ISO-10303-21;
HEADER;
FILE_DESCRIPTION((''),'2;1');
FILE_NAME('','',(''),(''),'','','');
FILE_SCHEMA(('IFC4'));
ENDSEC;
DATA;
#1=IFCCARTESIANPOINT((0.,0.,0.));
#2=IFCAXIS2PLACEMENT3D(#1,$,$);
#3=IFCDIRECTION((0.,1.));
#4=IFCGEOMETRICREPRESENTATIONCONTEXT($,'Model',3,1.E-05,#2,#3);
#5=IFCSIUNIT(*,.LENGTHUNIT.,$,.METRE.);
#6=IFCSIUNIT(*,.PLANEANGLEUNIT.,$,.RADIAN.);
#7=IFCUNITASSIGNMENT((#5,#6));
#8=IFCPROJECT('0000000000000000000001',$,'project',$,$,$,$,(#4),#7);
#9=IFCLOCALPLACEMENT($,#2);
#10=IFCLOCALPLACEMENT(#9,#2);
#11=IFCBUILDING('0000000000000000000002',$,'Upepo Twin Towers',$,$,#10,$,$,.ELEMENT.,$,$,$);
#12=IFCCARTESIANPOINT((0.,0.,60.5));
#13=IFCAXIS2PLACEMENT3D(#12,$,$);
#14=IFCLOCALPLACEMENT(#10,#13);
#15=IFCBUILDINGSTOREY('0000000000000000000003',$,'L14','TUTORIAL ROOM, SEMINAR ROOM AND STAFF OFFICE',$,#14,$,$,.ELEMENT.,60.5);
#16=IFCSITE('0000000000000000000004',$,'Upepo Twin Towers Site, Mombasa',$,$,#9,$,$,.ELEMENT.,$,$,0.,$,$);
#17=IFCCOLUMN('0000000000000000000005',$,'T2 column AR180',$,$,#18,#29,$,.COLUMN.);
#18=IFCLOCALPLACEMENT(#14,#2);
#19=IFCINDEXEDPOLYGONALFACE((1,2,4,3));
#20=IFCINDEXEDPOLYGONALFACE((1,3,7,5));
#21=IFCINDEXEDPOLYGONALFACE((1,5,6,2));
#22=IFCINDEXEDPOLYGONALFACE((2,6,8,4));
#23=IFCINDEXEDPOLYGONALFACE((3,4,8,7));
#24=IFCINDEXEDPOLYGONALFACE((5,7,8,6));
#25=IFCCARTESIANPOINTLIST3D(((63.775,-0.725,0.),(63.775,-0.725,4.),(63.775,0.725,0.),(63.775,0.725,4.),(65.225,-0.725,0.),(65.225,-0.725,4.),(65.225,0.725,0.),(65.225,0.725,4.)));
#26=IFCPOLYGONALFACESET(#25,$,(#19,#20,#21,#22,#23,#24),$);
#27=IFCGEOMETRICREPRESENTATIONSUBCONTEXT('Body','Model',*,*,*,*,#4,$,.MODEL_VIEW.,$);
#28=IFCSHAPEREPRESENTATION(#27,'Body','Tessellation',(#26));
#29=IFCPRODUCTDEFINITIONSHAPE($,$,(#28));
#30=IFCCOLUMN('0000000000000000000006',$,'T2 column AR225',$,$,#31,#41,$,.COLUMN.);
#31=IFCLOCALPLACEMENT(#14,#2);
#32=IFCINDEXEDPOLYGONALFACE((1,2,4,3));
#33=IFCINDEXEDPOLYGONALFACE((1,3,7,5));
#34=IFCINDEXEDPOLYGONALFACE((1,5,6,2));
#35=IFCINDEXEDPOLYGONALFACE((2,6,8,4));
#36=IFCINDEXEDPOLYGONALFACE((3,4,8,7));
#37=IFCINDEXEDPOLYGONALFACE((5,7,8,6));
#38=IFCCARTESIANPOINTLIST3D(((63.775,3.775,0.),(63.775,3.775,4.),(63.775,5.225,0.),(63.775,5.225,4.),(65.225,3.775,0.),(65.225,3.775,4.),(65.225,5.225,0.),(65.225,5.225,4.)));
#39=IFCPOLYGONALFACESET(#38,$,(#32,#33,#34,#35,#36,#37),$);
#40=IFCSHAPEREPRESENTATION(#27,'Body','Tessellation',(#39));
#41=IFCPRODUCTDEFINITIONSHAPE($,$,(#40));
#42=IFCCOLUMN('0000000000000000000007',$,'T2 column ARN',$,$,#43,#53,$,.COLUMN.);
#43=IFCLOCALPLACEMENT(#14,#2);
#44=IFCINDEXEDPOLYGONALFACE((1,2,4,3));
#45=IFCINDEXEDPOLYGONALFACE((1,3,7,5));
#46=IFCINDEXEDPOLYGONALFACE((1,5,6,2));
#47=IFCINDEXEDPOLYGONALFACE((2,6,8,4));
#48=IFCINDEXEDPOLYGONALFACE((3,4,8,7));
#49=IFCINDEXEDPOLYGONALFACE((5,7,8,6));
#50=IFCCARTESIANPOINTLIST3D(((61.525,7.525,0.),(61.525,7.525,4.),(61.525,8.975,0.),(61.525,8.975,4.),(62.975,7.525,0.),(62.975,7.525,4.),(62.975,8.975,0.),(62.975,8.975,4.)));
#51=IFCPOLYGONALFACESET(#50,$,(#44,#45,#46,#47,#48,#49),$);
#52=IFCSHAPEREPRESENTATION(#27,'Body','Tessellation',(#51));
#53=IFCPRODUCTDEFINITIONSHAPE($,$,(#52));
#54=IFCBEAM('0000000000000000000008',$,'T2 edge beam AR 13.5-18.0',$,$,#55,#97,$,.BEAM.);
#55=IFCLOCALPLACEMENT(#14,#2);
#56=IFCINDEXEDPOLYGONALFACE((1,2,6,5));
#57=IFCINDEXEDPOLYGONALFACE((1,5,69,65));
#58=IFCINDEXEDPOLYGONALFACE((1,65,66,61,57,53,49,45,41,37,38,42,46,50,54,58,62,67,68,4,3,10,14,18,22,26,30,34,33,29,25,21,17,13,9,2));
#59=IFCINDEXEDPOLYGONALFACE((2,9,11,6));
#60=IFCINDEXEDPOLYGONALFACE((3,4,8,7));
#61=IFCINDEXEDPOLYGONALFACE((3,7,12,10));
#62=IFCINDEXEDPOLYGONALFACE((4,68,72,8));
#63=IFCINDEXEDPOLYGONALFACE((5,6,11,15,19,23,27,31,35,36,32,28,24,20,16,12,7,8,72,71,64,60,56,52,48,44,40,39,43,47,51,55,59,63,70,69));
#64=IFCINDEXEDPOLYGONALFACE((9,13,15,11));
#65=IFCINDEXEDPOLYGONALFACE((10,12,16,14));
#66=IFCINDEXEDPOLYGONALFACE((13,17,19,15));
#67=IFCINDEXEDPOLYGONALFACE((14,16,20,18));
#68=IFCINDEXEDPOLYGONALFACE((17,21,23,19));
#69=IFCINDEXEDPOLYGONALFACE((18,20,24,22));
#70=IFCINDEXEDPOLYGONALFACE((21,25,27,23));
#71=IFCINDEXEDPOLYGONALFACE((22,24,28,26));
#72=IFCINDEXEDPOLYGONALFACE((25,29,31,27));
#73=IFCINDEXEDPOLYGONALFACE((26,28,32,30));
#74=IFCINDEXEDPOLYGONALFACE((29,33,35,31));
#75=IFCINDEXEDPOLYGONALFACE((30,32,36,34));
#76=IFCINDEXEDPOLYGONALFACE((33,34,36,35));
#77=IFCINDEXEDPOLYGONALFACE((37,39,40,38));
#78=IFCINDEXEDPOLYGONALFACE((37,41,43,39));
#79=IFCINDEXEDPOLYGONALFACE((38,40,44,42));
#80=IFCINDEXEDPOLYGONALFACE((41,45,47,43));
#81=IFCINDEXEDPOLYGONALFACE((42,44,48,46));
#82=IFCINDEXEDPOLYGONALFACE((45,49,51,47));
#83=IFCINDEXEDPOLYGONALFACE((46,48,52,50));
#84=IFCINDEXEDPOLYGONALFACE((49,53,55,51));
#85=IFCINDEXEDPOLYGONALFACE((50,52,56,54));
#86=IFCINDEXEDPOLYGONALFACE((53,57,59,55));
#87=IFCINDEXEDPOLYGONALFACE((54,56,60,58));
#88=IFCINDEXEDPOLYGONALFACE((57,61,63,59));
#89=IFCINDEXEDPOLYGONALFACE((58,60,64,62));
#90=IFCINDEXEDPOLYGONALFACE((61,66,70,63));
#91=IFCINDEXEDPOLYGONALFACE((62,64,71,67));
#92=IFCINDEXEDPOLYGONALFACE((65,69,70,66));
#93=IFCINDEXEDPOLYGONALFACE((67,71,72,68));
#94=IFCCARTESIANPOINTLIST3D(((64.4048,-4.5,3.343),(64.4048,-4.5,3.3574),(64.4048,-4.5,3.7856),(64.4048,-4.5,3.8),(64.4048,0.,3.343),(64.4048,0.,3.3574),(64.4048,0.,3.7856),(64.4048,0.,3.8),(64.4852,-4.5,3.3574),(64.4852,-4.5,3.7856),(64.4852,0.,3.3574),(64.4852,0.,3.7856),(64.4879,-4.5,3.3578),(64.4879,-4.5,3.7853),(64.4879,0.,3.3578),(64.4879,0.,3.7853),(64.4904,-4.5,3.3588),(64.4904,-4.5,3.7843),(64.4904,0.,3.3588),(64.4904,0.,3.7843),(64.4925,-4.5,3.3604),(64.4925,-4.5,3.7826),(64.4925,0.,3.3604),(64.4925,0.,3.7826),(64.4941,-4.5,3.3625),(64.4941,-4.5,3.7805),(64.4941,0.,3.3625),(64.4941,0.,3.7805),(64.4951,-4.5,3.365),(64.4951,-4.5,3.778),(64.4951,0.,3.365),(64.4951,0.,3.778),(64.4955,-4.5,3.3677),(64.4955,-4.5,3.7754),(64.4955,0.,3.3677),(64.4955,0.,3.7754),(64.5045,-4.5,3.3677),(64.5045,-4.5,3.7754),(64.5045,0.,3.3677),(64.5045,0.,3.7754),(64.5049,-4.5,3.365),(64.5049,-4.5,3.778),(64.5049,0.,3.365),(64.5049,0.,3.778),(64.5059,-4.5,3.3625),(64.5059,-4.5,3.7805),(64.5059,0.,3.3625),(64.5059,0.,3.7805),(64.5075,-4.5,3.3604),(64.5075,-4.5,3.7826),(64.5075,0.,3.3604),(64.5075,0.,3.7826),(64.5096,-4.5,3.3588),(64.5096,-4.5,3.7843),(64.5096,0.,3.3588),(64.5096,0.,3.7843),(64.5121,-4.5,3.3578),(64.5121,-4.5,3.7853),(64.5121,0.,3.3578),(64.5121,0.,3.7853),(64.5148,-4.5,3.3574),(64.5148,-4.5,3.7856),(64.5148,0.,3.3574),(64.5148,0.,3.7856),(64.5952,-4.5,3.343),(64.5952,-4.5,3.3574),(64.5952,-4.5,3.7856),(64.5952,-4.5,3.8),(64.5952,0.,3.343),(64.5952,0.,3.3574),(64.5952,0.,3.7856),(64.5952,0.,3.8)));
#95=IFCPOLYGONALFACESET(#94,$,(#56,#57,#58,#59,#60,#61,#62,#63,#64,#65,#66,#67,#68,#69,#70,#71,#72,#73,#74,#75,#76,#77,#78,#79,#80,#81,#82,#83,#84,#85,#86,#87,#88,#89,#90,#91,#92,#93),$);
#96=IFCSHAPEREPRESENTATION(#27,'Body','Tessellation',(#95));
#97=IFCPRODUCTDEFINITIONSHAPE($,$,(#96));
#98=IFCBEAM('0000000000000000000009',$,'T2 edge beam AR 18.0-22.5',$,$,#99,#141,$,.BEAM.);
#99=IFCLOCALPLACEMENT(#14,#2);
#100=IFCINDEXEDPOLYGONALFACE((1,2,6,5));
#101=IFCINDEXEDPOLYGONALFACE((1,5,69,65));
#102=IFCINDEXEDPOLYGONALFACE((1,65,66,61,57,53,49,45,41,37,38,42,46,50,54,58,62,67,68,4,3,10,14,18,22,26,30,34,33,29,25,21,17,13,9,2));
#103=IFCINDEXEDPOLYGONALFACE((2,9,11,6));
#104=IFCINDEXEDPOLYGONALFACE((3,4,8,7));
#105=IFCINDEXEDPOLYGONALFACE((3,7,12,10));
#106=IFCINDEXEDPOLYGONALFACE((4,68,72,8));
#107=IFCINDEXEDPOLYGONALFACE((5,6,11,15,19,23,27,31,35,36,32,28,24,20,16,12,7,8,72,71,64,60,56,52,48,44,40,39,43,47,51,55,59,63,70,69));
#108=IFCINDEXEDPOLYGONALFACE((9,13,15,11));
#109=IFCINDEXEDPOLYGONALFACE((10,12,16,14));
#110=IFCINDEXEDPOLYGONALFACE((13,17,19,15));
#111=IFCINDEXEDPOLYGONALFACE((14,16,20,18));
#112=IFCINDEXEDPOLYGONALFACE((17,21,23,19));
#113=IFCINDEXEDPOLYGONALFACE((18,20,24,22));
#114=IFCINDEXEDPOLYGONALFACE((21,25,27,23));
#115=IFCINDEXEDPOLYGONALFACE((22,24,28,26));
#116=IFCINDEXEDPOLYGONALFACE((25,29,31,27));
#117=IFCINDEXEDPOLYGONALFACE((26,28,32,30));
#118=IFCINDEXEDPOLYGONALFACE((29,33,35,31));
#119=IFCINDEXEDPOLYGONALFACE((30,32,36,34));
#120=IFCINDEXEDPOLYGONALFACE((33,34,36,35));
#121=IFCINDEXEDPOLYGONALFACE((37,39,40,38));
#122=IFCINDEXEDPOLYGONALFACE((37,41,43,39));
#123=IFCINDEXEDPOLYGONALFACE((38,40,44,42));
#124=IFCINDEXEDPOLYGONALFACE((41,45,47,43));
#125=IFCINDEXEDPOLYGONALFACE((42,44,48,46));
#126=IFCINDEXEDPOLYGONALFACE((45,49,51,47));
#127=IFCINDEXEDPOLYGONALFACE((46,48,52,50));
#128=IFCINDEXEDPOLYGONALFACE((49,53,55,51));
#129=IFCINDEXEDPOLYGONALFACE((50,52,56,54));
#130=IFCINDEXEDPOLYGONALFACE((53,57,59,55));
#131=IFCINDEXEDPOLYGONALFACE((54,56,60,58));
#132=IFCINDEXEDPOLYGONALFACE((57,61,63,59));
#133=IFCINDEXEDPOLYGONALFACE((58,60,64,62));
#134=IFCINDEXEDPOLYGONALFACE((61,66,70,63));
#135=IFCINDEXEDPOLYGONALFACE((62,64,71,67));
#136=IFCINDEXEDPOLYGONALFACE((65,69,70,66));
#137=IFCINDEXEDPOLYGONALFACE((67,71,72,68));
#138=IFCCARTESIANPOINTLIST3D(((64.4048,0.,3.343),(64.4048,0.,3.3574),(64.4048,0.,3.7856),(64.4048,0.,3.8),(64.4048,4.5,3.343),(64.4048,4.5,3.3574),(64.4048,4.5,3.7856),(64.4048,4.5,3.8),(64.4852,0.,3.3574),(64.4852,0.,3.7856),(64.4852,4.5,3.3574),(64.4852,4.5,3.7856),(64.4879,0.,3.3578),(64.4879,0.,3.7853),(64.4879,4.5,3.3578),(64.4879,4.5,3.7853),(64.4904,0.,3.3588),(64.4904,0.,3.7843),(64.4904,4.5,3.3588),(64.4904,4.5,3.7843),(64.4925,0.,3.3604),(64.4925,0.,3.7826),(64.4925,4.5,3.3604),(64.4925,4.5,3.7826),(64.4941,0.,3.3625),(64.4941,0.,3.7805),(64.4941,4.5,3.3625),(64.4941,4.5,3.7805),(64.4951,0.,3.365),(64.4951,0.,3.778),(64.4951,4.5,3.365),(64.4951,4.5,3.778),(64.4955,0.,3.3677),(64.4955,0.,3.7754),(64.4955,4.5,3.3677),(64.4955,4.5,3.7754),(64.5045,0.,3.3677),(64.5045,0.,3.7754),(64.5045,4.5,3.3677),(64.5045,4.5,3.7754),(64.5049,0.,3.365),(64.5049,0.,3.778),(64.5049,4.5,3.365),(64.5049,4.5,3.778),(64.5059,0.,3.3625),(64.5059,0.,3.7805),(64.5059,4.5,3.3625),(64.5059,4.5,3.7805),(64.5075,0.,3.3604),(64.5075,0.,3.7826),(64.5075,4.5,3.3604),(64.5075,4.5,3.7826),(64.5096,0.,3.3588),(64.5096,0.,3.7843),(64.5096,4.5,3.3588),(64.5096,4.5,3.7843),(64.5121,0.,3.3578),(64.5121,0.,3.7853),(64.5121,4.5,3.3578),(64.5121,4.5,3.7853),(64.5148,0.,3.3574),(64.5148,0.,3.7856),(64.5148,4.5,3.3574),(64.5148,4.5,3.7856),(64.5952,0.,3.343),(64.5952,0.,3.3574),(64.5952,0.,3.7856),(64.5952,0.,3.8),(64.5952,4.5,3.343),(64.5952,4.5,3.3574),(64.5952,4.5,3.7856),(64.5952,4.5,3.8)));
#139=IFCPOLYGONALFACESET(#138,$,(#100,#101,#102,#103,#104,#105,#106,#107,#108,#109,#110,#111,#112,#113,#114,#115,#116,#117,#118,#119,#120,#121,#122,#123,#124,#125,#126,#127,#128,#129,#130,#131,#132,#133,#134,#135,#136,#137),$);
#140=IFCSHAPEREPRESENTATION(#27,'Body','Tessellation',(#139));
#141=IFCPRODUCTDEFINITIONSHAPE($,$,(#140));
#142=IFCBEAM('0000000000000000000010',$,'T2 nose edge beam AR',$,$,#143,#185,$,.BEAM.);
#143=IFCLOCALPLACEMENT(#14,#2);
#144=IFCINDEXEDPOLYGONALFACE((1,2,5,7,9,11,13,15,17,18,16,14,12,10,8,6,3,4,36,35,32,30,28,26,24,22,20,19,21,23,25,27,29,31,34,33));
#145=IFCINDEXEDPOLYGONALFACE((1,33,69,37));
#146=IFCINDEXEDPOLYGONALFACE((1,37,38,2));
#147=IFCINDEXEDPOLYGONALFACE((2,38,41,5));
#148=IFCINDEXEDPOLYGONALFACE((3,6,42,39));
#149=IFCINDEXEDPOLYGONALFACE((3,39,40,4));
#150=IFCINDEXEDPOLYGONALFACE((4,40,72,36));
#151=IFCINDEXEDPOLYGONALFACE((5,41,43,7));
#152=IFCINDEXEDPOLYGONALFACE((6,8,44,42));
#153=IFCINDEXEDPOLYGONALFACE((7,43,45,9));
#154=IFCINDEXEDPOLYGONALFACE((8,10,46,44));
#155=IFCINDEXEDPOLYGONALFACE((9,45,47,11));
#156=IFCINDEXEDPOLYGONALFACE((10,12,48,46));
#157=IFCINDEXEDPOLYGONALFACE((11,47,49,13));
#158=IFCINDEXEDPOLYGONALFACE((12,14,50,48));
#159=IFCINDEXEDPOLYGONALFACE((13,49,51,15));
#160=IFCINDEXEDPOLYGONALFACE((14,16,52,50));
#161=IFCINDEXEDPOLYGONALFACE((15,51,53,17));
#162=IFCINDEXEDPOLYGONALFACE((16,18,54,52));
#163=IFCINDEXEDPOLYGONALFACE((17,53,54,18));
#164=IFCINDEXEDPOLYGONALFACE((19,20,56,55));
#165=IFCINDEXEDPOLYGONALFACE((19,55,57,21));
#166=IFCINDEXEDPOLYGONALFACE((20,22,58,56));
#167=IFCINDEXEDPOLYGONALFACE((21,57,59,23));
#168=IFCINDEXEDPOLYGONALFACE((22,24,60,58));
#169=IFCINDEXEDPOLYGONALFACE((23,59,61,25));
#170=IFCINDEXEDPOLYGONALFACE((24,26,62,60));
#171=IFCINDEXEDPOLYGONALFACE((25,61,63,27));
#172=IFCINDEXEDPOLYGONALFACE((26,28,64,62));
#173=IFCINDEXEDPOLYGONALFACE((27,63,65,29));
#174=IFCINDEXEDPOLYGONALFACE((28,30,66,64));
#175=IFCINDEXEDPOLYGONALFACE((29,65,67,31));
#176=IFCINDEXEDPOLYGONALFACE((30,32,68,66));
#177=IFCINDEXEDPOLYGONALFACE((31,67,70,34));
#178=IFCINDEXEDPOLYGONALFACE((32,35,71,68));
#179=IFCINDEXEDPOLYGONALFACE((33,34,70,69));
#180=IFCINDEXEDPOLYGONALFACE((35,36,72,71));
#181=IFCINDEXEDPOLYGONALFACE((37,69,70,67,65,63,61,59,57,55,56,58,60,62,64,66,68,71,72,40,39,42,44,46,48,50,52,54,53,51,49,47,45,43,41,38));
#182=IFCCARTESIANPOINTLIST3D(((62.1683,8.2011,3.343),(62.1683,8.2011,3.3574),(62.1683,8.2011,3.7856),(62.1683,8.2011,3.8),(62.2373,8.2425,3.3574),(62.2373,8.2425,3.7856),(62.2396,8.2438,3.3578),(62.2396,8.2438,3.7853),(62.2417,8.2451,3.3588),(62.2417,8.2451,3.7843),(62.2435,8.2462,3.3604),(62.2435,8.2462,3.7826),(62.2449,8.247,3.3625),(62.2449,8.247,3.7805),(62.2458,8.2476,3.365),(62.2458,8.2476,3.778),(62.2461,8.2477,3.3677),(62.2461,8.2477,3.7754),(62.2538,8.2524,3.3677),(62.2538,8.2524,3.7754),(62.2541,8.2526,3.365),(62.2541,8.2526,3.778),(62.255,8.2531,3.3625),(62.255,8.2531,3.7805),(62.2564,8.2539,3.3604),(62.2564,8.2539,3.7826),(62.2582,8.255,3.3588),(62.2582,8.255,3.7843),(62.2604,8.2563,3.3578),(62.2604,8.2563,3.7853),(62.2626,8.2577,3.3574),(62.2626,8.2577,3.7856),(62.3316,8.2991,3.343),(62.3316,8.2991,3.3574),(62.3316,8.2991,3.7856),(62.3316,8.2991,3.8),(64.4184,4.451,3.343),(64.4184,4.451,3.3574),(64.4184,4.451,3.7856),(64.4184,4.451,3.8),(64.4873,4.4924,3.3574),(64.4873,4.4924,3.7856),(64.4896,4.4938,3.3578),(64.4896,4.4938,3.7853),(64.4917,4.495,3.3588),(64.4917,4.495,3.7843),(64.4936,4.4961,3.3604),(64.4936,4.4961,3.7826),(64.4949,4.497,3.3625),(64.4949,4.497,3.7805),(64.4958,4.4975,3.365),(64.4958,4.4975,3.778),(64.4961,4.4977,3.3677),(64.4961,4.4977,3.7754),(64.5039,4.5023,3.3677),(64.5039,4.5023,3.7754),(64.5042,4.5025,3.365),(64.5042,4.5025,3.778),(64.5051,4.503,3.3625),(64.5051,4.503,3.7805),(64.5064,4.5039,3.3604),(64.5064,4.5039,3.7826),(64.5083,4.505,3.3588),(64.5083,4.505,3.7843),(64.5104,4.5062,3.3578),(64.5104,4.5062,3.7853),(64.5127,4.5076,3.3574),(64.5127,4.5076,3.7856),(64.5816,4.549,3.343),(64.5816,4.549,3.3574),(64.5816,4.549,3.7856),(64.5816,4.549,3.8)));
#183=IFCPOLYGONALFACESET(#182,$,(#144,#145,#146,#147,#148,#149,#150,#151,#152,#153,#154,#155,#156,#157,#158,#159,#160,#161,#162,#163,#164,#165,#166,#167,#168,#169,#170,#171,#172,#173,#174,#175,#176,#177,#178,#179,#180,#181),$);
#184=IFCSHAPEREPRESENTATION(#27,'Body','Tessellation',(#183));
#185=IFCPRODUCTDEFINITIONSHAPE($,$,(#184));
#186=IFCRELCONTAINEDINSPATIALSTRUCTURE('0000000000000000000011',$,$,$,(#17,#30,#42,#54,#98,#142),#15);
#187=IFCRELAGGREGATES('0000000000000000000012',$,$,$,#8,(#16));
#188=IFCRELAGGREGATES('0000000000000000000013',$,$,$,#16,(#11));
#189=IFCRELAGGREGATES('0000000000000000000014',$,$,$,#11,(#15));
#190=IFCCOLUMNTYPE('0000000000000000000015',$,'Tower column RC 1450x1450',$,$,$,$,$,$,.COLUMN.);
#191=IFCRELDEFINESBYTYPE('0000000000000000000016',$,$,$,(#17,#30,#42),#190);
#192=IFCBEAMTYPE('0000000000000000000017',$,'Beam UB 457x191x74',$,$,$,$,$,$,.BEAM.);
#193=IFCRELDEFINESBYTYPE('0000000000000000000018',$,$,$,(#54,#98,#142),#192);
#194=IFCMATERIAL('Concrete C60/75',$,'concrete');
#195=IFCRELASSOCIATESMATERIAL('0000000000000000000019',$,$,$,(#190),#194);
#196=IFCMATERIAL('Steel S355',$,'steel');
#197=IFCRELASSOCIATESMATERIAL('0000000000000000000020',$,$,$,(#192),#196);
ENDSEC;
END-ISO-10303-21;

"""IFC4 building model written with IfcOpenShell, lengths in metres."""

from ifc_helpers import new_model, si_unit, direction, frame, origin, origin_2d, place, context, subcontext, project, spatial, rectangle, i_section, extrude, material, material_profile, profile_set, type_object, element, save


model = new_model("IFC4")

# Units and contexts
model_context = context("Model", 3, precision=1e-05, world=origin(), true_north=direction((0.0, 1.0)))
body_context = subcontext(model_context, "Body", "Model", "MODEL_VIEW")
ifc_project = project(units=[si_unit("LENGTHUNIT", "METRE"), si_unit("PLANEANGLEUNIT", "RADIAN")], contexts=[model_context])

# Site, building, storey
site_placement = place(None, origin())
site = spatial("IfcSite", under=ifc_project, at=site_placement, Name="Upepo Twin Towers Site, Mombasa", CompositionType="ELEMENT", RefElevation=0.0)
building_placement = place(site_placement, origin())
building = spatial("IfcBuilding", under=site, at=building_placement, Name="Upepo Twin Towers", CompositionType="ELEMENT")
storey_placement = place(building_placement, frame((0.0, 0.0, 60.5)))
storey = spatial("IfcBuildingStorey", under=building, at=storey_placement, Name="L14", Description="TUTORIAL ROOM, SEMINAR ROOM AND STAFF OFFICE", CompositionType="ELEMENT", Elevation=60.5)

# Columns
ifc_material_1 = material(Name="Concrete C60/75", Category="concrete")
ifc_material_profile_1 = material_profile(ifc_material_1, rectangle(XDim=1.45, YDim=1.45, at=origin_2d()), Name="RC 1450x1450")
ifc_profile_set_1 = profile_set([ifc_material_profile_1], Name="Concrete C60/75")
column_type = type_object("IfcColumnType", Name="Tower column RC 1450x1450", PredefinedType="COLUMN", material=ifc_profile_set_1)
for number, where, z_axis, x_axis, name in (
    (1, (64.5, 0.0, 0.0), (0.0, 0.0, 1.0), (1.0, 0.0, 0.0), "T2 column AR180"),
    (2, (64.5, 4.5, 0.0), (0.0, 0.0, 1.0), (1.0, 0.0, 0.0), "T2 column AR225"),
    (3, (62.25, 8.25, 0.0), (0.0, 0.0, 1.0), (1.0, 0.0, 0.0), "T2 column ARN"),
):
    element("IfcColumn", number, at=place(storey_placement, frame(where, z_axis=z_axis, x_axis=x_axis)), inside=storey, type_object=column_type, Name=name, PredefinedType="COLUMN", context=body_context, shape_type="SweptSolid", body=[
        extrude(rectangle(XDim=1.45, YDim=1.45, at=origin_2d()), origin(), (0.0, 0.0, 1.0), 4.0),
    ])

# Beams
ifc_material_2 = material(Name="Steel S355", Category="steel")
ifc_material_profile_2 = material_profile(ifc_material_2, i_section(OverallWidth=0.1904, OverallDepth=0.457, WebThickness=0.009, FlangeThickness=0.0144, FilletRadius=0.0103, at=origin_2d()), Name="UB 457x191x74")
ifc_profile_set_2 = profile_set([ifc_material_profile_2], Name="Steel S355")
beam_type_1 = type_object("IfcBeamType", Name="Beam UB 457x191x74", PredefinedType="BEAM", material=ifc_profile_set_2)
for number, where, z_axis, x_axis, name in (
    (4, (64.5, -4.5, 3.5715), (0.0, 1.0, 0.0), (-1.0, 0.0, 0.0), "T2 edge beam AR 13.5-18.0"),
    (5, (64.5, 0.0, 3.5715), (0.0, 1.0, 0.0), (-1.0, 0.0, 0.0), "T2 edge beam AR 18.0-22.5"),
):
    element("IfcBeam", number, at=place(storey_placement, frame(where, z_axis=z_axis, x_axis=x_axis)), inside=storey, type_object=beam_type_1, Name=name, PredefinedType="BEAM", context=body_context, shape_type="SweptSolid", body=[
        extrude(i_section(OverallWidth=0.1904, OverallDepth=0.457, WebThickness=0.009, FlangeThickness=0.0144, FilletRadius=0.0103, at=origin_2d()), origin(), (0.0, 0.0, 1.0), 4.5),
    ])
beam_1_placement = place(storey_placement, frame((64.5, 4.5, 3.5715), z_axis=(-0.514496, 0.857493, 0.0), x_axis=(-0.857493, -0.514496, 0.0)))
element("IfcBeam", 6, at=beam_1_placement, inside=storey, type_object=beam_type_1, Name="T2 nose edge beam AR", PredefinedType="BEAM", context=body_context, shape_type="SweptSolid", body=[
    extrude(i_section(OverallWidth=0.1904, OverallDepth=0.457, WebThickness=0.009, FlangeThickness=0.0144, FilletRadius=0.0103, at=origin_2d()), origin(), (0.0, 0.0, 1.0), 4.3733),
])

save(model, "model.ifc")
